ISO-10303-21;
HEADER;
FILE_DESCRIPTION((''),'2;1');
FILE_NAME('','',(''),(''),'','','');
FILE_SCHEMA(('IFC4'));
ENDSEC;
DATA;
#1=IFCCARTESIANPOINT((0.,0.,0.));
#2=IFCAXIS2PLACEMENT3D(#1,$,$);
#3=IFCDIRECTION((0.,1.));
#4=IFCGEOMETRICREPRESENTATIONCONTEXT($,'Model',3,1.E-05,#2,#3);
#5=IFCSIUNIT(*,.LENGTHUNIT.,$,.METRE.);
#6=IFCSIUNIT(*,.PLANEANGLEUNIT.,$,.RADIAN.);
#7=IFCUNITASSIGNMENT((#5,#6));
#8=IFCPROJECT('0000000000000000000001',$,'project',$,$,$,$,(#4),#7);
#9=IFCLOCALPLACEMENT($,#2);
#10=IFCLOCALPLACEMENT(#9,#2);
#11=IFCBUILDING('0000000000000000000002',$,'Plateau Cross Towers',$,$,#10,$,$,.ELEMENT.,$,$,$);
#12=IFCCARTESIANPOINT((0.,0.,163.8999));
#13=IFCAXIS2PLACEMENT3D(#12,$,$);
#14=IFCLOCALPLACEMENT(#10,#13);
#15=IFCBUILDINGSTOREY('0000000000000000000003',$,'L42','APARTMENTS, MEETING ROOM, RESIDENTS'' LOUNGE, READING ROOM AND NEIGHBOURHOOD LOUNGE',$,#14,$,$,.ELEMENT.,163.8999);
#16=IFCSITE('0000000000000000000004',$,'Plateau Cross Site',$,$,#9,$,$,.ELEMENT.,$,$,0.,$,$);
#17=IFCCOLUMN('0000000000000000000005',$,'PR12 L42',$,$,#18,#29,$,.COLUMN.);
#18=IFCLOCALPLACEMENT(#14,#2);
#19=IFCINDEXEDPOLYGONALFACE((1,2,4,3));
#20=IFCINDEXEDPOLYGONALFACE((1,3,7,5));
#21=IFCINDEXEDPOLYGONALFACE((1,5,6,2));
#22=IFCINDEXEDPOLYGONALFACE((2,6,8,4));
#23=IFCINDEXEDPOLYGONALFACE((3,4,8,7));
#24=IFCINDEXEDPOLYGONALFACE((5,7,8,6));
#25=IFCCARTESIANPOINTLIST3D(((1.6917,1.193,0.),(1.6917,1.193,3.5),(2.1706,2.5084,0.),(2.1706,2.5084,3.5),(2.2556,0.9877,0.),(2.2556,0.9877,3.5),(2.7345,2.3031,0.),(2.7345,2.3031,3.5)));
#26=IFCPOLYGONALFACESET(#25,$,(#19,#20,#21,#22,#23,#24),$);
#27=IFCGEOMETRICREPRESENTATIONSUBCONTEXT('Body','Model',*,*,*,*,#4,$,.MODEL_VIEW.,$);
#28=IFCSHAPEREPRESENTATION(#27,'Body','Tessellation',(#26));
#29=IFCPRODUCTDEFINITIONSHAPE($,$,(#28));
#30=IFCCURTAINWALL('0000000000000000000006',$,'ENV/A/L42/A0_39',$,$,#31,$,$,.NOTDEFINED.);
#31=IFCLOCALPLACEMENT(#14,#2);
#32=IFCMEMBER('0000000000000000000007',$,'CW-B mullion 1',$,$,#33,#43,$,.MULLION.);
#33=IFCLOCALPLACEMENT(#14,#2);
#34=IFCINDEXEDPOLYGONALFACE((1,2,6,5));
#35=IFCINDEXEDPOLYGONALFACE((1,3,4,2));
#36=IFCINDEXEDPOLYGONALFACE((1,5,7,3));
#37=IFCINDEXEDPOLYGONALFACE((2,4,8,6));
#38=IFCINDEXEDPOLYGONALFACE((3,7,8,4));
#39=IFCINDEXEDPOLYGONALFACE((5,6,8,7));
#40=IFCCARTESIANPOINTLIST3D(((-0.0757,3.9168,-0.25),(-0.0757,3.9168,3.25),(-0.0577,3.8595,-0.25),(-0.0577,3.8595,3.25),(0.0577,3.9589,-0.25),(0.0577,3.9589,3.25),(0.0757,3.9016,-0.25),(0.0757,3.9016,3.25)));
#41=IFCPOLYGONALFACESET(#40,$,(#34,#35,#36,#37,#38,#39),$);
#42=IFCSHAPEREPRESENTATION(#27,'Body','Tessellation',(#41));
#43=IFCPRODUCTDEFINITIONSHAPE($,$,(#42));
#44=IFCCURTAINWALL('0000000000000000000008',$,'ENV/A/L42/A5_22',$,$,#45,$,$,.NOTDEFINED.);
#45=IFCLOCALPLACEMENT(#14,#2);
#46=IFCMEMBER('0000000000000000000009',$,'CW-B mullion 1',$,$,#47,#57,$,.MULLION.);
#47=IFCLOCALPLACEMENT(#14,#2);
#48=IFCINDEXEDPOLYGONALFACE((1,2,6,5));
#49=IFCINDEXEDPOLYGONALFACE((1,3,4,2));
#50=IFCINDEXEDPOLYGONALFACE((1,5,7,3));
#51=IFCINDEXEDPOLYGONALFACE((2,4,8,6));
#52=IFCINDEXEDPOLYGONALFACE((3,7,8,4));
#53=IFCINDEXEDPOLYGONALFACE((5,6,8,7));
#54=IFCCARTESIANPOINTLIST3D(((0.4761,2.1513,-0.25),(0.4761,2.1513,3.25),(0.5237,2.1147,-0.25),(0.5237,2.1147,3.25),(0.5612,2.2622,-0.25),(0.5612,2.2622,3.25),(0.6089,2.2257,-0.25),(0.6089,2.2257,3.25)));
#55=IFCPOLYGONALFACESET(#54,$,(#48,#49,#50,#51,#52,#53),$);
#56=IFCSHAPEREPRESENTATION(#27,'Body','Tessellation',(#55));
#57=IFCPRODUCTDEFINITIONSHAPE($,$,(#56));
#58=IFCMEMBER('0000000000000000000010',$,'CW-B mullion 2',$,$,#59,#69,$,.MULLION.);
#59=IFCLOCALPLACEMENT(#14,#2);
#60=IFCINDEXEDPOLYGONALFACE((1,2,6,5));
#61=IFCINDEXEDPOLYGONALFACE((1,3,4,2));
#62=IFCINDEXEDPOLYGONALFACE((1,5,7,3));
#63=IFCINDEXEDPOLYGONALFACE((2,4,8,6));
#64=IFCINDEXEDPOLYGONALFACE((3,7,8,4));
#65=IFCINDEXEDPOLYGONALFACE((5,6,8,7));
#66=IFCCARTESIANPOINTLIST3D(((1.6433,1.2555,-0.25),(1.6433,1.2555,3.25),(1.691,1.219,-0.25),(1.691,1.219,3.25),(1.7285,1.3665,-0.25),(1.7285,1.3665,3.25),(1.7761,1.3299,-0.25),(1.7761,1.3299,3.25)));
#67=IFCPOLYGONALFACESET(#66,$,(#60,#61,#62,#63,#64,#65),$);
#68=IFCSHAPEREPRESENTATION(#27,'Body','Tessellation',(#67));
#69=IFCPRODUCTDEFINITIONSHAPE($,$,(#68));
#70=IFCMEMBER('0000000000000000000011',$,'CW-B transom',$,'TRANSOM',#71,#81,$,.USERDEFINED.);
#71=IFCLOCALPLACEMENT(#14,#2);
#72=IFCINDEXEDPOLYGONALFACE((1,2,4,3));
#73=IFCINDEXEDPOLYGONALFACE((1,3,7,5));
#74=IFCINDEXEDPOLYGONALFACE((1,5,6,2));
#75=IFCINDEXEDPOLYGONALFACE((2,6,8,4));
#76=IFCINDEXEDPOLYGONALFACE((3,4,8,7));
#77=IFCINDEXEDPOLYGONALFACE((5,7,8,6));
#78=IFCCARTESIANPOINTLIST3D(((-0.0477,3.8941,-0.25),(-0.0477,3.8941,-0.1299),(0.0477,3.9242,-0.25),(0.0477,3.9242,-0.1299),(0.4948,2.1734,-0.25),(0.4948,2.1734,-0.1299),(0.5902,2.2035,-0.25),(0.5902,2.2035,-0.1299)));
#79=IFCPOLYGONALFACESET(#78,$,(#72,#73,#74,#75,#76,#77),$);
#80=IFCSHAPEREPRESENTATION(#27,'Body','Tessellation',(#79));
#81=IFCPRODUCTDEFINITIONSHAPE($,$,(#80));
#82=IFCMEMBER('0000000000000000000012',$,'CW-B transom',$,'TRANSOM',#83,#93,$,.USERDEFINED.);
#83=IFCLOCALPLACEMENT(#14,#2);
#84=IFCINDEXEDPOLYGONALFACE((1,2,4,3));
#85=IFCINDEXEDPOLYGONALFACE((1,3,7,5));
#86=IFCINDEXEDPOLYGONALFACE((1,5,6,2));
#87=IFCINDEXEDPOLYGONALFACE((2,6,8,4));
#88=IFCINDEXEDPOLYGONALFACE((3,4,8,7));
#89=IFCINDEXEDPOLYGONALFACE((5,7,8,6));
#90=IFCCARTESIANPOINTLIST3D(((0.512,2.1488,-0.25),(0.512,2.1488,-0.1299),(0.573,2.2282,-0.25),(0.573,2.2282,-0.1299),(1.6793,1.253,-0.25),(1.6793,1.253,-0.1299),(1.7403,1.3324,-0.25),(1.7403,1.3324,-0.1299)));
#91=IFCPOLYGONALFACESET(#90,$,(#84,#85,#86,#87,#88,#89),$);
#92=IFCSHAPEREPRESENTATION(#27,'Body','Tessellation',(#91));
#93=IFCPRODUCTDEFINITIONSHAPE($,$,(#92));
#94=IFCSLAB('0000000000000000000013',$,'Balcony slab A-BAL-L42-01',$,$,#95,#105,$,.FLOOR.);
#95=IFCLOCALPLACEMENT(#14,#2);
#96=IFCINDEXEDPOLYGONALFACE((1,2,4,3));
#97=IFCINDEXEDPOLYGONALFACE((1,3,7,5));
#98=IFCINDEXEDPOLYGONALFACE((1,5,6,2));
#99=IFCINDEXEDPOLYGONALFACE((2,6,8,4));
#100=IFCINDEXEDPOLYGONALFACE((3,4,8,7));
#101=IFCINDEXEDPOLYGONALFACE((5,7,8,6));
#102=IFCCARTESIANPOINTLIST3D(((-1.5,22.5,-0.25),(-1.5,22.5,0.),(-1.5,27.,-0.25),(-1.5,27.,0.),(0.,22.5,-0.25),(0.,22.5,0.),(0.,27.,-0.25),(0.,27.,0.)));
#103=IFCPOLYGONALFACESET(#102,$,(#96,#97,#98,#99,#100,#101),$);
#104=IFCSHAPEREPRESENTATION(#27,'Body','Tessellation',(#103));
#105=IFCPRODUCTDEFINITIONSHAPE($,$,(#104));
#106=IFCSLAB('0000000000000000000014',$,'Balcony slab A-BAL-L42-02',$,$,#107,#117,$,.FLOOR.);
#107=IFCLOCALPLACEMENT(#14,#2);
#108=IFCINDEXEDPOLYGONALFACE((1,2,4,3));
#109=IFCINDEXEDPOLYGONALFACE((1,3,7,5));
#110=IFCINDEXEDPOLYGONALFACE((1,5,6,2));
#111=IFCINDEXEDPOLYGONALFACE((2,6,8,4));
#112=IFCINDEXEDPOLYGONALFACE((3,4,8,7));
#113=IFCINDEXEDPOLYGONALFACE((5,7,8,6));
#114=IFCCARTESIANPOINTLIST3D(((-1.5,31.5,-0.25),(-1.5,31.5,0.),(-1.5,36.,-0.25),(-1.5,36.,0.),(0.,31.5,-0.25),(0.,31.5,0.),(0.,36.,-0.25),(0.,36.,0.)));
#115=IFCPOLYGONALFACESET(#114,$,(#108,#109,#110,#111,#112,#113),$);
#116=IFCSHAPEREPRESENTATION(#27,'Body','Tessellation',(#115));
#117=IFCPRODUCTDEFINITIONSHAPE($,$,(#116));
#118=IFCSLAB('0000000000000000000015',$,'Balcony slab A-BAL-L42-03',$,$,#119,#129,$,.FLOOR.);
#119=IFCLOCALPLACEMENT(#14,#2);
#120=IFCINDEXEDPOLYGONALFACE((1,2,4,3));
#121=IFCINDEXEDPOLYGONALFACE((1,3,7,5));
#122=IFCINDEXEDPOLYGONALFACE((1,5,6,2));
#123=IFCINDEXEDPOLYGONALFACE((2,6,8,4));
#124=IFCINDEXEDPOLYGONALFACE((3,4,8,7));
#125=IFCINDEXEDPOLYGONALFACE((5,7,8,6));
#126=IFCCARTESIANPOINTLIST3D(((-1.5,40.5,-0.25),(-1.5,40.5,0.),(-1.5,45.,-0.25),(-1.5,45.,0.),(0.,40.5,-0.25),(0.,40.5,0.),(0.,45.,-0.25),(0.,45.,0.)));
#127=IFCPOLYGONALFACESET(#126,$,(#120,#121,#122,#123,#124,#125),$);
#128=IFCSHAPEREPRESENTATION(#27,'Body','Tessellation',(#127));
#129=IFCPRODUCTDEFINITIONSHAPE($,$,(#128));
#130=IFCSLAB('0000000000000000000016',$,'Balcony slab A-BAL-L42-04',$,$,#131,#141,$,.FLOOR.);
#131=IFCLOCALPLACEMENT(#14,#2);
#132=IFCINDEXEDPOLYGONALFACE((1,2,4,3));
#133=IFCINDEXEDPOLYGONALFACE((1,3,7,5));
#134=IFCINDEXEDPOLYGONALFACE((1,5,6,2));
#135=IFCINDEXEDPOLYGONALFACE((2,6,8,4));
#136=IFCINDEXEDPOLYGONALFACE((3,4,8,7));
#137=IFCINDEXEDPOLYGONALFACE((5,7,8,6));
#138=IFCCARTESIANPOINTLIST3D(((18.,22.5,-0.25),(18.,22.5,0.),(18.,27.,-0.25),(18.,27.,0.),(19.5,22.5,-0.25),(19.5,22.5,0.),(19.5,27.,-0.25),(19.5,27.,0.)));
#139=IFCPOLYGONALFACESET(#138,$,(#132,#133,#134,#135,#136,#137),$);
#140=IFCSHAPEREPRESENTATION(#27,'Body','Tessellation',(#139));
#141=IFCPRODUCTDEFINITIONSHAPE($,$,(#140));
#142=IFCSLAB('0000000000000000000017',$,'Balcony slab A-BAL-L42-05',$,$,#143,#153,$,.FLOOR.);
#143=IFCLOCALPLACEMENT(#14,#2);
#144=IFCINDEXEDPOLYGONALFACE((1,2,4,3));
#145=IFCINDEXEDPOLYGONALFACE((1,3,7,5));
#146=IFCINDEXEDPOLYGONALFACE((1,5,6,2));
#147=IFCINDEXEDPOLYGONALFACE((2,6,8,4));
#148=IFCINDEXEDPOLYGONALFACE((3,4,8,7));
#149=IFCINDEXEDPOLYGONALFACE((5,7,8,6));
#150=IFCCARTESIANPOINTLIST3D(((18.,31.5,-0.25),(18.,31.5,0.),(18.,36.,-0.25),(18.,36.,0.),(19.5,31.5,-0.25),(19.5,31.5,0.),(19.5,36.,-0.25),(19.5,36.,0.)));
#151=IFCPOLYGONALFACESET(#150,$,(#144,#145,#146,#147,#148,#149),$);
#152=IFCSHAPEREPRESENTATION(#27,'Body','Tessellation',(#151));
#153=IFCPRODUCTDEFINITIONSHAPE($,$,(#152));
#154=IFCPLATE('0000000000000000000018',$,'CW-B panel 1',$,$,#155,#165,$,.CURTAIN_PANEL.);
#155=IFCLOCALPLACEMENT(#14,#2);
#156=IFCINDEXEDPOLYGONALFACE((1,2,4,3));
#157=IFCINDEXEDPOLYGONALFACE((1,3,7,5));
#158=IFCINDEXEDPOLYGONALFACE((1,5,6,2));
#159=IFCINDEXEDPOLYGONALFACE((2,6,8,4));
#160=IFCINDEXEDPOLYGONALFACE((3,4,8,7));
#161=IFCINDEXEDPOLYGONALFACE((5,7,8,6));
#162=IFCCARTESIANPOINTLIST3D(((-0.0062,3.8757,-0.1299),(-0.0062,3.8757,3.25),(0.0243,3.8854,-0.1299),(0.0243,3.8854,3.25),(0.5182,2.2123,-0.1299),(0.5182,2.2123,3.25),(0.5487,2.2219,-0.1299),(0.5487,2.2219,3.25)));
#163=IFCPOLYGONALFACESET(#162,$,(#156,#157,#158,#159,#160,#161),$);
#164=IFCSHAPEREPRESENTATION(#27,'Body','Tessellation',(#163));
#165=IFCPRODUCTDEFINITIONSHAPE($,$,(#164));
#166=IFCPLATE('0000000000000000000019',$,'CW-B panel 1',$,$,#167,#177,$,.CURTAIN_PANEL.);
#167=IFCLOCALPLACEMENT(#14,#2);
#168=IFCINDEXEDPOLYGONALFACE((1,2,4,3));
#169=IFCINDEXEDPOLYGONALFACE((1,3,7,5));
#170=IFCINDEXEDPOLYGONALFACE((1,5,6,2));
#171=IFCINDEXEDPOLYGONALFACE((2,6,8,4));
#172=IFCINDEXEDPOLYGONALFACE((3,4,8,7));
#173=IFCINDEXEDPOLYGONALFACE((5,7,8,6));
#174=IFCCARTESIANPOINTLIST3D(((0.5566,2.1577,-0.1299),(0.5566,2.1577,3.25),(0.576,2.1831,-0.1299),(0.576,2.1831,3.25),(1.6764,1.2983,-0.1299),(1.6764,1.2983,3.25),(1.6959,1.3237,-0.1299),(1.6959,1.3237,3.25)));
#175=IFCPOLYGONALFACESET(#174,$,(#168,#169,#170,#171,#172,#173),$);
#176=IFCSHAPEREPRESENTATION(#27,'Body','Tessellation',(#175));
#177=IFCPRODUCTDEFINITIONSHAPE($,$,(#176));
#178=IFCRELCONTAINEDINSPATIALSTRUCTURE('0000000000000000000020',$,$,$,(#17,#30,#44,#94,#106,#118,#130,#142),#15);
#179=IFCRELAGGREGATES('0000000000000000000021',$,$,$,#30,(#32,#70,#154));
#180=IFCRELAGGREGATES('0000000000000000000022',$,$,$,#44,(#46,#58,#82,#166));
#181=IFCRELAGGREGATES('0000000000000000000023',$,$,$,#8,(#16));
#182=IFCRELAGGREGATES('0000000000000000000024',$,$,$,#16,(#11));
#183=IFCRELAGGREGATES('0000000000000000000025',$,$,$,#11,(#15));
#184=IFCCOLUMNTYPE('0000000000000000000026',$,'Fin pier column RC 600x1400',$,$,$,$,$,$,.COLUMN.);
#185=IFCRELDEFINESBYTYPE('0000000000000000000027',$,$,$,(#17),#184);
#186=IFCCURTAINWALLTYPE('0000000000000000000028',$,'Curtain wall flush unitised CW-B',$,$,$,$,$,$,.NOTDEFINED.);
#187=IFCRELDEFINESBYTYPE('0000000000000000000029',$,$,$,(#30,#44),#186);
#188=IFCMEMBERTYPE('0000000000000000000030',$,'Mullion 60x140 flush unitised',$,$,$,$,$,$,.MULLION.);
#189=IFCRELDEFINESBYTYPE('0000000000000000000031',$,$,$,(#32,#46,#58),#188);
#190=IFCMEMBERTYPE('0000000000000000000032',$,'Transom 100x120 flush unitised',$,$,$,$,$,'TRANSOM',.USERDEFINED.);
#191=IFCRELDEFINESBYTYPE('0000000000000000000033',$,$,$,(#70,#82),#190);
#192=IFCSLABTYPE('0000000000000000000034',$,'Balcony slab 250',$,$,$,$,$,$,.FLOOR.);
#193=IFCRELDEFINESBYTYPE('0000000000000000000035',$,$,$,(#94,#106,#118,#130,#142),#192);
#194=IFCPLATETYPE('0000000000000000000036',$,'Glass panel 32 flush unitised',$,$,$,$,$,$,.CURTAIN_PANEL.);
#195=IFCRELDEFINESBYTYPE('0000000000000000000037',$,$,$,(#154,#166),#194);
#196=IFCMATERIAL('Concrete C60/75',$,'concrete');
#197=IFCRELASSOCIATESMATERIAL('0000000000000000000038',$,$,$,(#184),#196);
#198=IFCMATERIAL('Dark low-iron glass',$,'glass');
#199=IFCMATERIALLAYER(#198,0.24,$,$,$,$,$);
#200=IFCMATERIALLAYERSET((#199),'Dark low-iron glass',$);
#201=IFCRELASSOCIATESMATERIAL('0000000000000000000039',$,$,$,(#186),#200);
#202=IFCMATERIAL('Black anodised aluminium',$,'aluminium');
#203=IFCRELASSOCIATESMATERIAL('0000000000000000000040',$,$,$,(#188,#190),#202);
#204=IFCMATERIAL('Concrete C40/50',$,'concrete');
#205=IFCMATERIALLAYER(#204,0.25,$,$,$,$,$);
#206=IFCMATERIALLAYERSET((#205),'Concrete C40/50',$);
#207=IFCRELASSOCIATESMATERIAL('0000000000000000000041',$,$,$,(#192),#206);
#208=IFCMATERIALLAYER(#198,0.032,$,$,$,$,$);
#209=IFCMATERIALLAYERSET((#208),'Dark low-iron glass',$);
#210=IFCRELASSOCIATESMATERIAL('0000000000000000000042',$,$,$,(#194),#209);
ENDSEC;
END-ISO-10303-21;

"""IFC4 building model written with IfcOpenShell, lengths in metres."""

from ifc_helpers import new_model, si_unit, direction, frame, origin, origin_2d, place, context, subcontext, project, spatial, polyline, rectangle, outline, extrude, material, layer, layer_set, material_profile, profile_set, type_object, element, aggregate, save


model = new_model("IFC4")

# Units and contexts
model_context = context("Model", 3, precision=1e-05, world=origin(), true_north=direction((0.0, 1.0)))
body_context = subcontext(model_context, "Body", "Model", "MODEL_VIEW")
ifc_project = project(units=[si_unit("LENGTHUNIT", "METRE"), si_unit("PLANEANGLEUNIT", "RADIAN")], contexts=[model_context])

# Site, building, storey
site_placement = place(None, origin())
site = spatial("IfcSite", under=ifc_project, at=site_placement, Name="Plateau Cross Site", CompositionType="ELEMENT", RefElevation=0.0)
building_placement = place(site_placement, origin())
building = spatial("IfcBuilding", under=site, at=building_placement, Name="Plateau Cross Towers", CompositionType="ELEMENT")
storey_placement = place(building_placement, frame((0.0, 0.0, 163.8999)))
storey = spatial("IfcBuildingStorey", under=building, at=storey_placement, Name="L42", Description="APARTMENTS, MEETING ROOM, RESIDENTS' LOUNGE, READING ROOM AND NEIGHBOURHOOD LOUNGE", CompositionType="ELEMENT", Elevation=163.8999)

# Column
ifc_material_1 = material(Name="Concrete C60/75", Category="concrete")
ifc_material_profile_1 = material_profile(ifc_material_1, rectangle(XDim=0.6001, YDim=1.3999, at=origin_2d()), Name="RC 600x1400")
ifc_profile_set_1 = profile_set([ifc_material_profile_1], Name="Concrete C60/75")
column_type = type_object("IfcColumnType", Name="Fin pier column RC 600x1400", PredefinedType="COLUMN", material=ifc_profile_set_1)
column_placement = place(storey_placement, frame((2.2131, 1.748, 0.0), z_axis=(0.0, 0.0, 1.0), x_axis=(-0.939664, 0.342098, 0.0)))
element("IfcColumn", 1, at=column_placement, inside=storey, type_object=column_type, Name="PR12 L42", PredefinedType="COLUMN", context=body_context, shape_type="SweptSolid", body=[
    extrude(rectangle(XDim=0.6001, YDim=1.3999, at=origin_2d()), origin(), (0.0, 0.0, 1.0), 3.5),
])

# Curtain wall, member
ifc_material_2 = material(Name="Dark low-iron glass", Category="glass")
ifc_layer_1 = layer(ifc_material_2, 0.24)
ifc_layer_set_1 = layer_set([ifc_layer_1], Name="Dark low-iron glass")
curtain_wall_type = type_object("IfcCurtainWallType", Name="Curtain wall flush unitised CW-B", PredefinedType="NOTDEFINED", material=ifc_layer_set_1)
curtain_wall_1_placement = place(storey_placement, origin())
curtain_wall_1 = element("IfcCurtainWall", 2, at=curtain_wall_1_placement, inside=storey, type_object=curtain_wall_type, Name="ENV/A/L42/A0_39", PredefinedType="NOTDEFINED")
ifc_material_3 = material(Name="Black anodised aluminium", Category="aluminium")
ifc_material_profile_2 = material_profile(ifc_material_3, rectangle(XDim=0.0601, YDim=0.1399, at=origin_2d()), Name="MULLION 60x140")
ifc_profile_set_2 = profile_set([ifc_material_profile_2], Name="Black anodised aluminium")
member_type_1 = type_object("IfcMemberType", Name="Mullion 60x140 flush unitised", PredefinedType="MULLION", material=ifc_profile_set_2)
member_1_placement = place(storey_placement, frame((0.0, 3.9092, -0.25), z_axis=(0.0, 0.0, 1.0), x_axis=(0.300686, -0.953723, 0.0)))
member_1 = element("IfcMember", 3, at=member_1_placement, type_object=member_type_1, Name="CW-B mullion 1", PredefinedType="MULLION", context=body_context, shape_type="SweptSolid", body=[
    extrude(rectangle(XDim=0.0601, YDim=0.1399, at=origin_2d()), origin(), (0.0, 0.0, 1.0), 3.5),
])

# Curtain wall, members
curtain_wall_2_placement = place(storey_placement, origin())
curtain_wall_2 = element("IfcCurtainWall", 4, at=curtain_wall_2_placement, inside=storey, type_object=curtain_wall_type, Name="ENV/A/L42/A5_22", PredefinedType="NOTDEFINED")
member_2_placement = place(storey_placement, frame((0.5425, 2.1885, -0.25), z_axis=(0.0, 0.0, 1.0), x_axis=(0.793316, -0.608811, 0.0)))
member_2 = element("IfcMember", 5, at=member_2_placement, type_object=member_type_1, Name="CW-B mullion 1", PredefinedType="MULLION", context=body_context, shape_type="SweptSolid", body=[
    extrude(rectangle(XDim=0.0601, YDim=0.1399, at=origin_2d()), origin(), (0.0, 0.0, 1.0), 3.5),
])
member_3_placement = place(storey_placement, frame((1.7097, 1.2927, -0.25), z_axis=(0.0, 0.0, 1.0), x_axis=(0.793316, -0.608811, 0.0)))
member_3 = element("IfcMember", 6, at=member_3_placement, type_object=member_type_1, Name="CW-B mullion 2", PredefinedType="MULLION", context=body_context, shape_type="SweptSolid", body=[
    extrude(rectangle(XDim=0.0601, YDim=0.1399, at=origin_2d()), origin(), (0.0, 0.0, 1.0), 3.5),
])

# Members
ifc_material_profile_3 = material_profile(ifc_material_3, rectangle(XDim=0.1001, YDim=0.1201, at=origin_2d()), Name="TRANSOM 100x120")
ifc_profile_set_3 = profile_set([ifc_material_profile_3], Name="Black anodised aluminium")
member_type_2 = type_object("IfcMemberType", Name="Transom 100x120 flush unitised", ElementType="TRANSOM", PredefinedType="USERDEFINED", material=ifc_profile_set_3)
member_4_placement = place(storey_placement, frame((0.0, 3.9092, -0.1899), z_axis=(0.300678, -0.953726, 0.0), x_axis=(0.953726, 0.300678, 0.0)))
member_4 = element("IfcMember", 7, at=member_4_placement, type_object=member_type_2, Name="CW-B transom", ObjectType="TRANSOM", PredefinedType="USERDEFINED", context=body_context, shape_type="SweptSolid", body=[
    extrude(rectangle(XDim=0.1001, YDim=0.1201, at=origin_2d()), origin(), (0.0, 0.0, 1.0), 1.8042),
])
member_5_placement = place(storey_placement, frame((0.5425, 2.1885, -0.1899), z_axis=(0.793321, -0.608804, 0.0), x_axis=(0.608804, 0.793321, 0.0)))
member_5 = element("IfcMember", 8, at=member_5_placement, type_object=member_type_2, Name="CW-B transom", ObjectType="TRANSOM", PredefinedType="USERDEFINED", context=body_context, shape_type="SweptSolid", body=[
    extrude(rectangle(XDim=0.1001, YDim=0.1201, at=origin_2d()), origin(), (0.0, 0.0, 1.0), 1.4714),
])

# Slabs
ifc_material_4 = material(Name="Concrete C40/50", Category="concrete")
ifc_layer_2 = layer(ifc_material_4, 0.25)
ifc_layer_set_2 = layer_set([ifc_layer_2], Name="Concrete C40/50")
slab_type_1 = type_object("IfcSlabType", Name="Balcony slab 250", PredefinedType="FLOOR", material=ifc_layer_set_2)
slab_1_placement = place(storey_placement, frame((0.0, 0.0, -0.25)))
element("IfcSlab", 9, at=slab_1_placement, inside=storey, type_object=slab_type_1, Name="Balcony slab A-BAL-L42-01", PredefinedType="FLOOR", context=body_context, shape_type="SweptSolid", body=[
    extrude(outline(polyline([(0.0, 22.5), (0.0, 27.0), (-1.5, 27.0), (-1.5, 22.5), (0.0, 22.5)])), origin(), (0.0, 0.0, 1.0), 0.25),
])
slab_2_placement = place(storey_placement, frame((0.0, 0.0, -0.25)))
element("IfcSlab", 10, at=slab_2_placement, inside=storey, type_object=slab_type_1, Name="Balcony slab A-BAL-L42-02", PredefinedType="FLOOR", context=body_context, shape_type="SweptSolid", body=[
    extrude(outline(polyline([(0.0, 31.5), (0.0, 36.0), (-1.5, 36.0), (-1.5, 31.5), (0.0, 31.5)])), origin(), (0.0, 0.0, 1.0), 0.25),
])
slab_3_placement = place(storey_placement, frame((0.0, 0.0, -0.25)))
element("IfcSlab", 11, at=slab_3_placement, inside=storey, type_object=slab_type_1, Name="Balcony slab A-BAL-L42-03", PredefinedType="FLOOR", context=body_context, shape_type="SweptSolid", body=[
    extrude(outline(polyline([(0.0, 40.5), (0.0, 45.0), (-1.5, 45.0), (-1.5, 40.5), (0.0, 40.5)])), origin(), (0.0, 0.0, 1.0), 0.25),
])
slab_4_placement = place(storey_placement, frame((0.0, 0.0, -0.25)))
element("IfcSlab", 12, at=slab_4_placement, inside=storey, type_object=slab_type_1, Name="Balcony slab A-BAL-L42-04", PredefinedType="FLOOR", context=body_context, shape_type="SweptSolid", body=[
    extrude(outline(polyline([(19.5, 22.5), (19.5, 27.0), (18.0, 27.0), (18.0, 22.5), (19.5, 22.5)])), origin(), (0.0, 0.0, 1.0), 0.25),
])
slab_5_placement = place(storey_placement, frame((0.0, 0.0, -0.25)))
element("IfcSlab", 13, at=slab_5_placement, inside=storey, type_object=slab_type_1, Name="Balcony slab A-BAL-L42-05", PredefinedType="FLOOR", context=body_context, shape_type="SweptSolid", body=[
    extrude(outline(polyline([(19.5, 31.5), (19.5, 36.0), (18.0, 36.0), (18.0, 31.5), (19.5, 31.5)])), origin(), (0.0, 0.0, 1.0), 0.25),
])

# Plates
ifc_layer_3 = layer(ifc_material_2, 0.032)
ifc_layer_set_3 = layer_set([ifc_layer_3], Name="Dark low-iron glass")
plate_type = type_object("IfcPlateType", Name="Glass panel 32 flush unitised", PredefinedType="CURTAIN_PANEL", material=ifc_layer_set_3)
plate_1_placement = place(storey_placement, frame((0.2712, 3.0488, -0.1299), z_axis=(0.0, 0.0, 1.0), x_axis=(0.300686, -0.953723, 0.0)))
plate_1 = element("IfcPlate", 14, at=plate_1_placement, type_object=plate_type, Name="CW-B panel 1", PredefinedType="CURTAIN_PANEL", context=body_context, shape_type="SweptSolid", body=[
    extrude(rectangle(XDim=1.7441, YDim=0.032, at=origin_2d()), origin(), (0.0, 0.0, 1.0), 3.3799),
])
aggregate(curtain_wall_1, [member_1, member_4, plate_1])
plate_2_placement = place(storey_placement, frame((1.1262, 1.7407, -0.1299), z_axis=(0.0, 0.0, 1.0), x_axis=(0.793316, -0.608811, 0.0)))
plate_2 = element("IfcPlate", 15, at=plate_2_placement, type_object=plate_type, Name="CW-B panel 1", PredefinedType="CURTAIN_PANEL", context=body_context, shape_type="SweptSolid", body=[
    extrude(rectangle(XDim=1.4116, YDim=0.032, at=origin_2d()), origin(), (0.0, 0.0, 1.0), 3.3799),
])
aggregate(curtain_wall_2, [member_2, member_3, member_5, plate_2])

save(model, "model.ifc")
